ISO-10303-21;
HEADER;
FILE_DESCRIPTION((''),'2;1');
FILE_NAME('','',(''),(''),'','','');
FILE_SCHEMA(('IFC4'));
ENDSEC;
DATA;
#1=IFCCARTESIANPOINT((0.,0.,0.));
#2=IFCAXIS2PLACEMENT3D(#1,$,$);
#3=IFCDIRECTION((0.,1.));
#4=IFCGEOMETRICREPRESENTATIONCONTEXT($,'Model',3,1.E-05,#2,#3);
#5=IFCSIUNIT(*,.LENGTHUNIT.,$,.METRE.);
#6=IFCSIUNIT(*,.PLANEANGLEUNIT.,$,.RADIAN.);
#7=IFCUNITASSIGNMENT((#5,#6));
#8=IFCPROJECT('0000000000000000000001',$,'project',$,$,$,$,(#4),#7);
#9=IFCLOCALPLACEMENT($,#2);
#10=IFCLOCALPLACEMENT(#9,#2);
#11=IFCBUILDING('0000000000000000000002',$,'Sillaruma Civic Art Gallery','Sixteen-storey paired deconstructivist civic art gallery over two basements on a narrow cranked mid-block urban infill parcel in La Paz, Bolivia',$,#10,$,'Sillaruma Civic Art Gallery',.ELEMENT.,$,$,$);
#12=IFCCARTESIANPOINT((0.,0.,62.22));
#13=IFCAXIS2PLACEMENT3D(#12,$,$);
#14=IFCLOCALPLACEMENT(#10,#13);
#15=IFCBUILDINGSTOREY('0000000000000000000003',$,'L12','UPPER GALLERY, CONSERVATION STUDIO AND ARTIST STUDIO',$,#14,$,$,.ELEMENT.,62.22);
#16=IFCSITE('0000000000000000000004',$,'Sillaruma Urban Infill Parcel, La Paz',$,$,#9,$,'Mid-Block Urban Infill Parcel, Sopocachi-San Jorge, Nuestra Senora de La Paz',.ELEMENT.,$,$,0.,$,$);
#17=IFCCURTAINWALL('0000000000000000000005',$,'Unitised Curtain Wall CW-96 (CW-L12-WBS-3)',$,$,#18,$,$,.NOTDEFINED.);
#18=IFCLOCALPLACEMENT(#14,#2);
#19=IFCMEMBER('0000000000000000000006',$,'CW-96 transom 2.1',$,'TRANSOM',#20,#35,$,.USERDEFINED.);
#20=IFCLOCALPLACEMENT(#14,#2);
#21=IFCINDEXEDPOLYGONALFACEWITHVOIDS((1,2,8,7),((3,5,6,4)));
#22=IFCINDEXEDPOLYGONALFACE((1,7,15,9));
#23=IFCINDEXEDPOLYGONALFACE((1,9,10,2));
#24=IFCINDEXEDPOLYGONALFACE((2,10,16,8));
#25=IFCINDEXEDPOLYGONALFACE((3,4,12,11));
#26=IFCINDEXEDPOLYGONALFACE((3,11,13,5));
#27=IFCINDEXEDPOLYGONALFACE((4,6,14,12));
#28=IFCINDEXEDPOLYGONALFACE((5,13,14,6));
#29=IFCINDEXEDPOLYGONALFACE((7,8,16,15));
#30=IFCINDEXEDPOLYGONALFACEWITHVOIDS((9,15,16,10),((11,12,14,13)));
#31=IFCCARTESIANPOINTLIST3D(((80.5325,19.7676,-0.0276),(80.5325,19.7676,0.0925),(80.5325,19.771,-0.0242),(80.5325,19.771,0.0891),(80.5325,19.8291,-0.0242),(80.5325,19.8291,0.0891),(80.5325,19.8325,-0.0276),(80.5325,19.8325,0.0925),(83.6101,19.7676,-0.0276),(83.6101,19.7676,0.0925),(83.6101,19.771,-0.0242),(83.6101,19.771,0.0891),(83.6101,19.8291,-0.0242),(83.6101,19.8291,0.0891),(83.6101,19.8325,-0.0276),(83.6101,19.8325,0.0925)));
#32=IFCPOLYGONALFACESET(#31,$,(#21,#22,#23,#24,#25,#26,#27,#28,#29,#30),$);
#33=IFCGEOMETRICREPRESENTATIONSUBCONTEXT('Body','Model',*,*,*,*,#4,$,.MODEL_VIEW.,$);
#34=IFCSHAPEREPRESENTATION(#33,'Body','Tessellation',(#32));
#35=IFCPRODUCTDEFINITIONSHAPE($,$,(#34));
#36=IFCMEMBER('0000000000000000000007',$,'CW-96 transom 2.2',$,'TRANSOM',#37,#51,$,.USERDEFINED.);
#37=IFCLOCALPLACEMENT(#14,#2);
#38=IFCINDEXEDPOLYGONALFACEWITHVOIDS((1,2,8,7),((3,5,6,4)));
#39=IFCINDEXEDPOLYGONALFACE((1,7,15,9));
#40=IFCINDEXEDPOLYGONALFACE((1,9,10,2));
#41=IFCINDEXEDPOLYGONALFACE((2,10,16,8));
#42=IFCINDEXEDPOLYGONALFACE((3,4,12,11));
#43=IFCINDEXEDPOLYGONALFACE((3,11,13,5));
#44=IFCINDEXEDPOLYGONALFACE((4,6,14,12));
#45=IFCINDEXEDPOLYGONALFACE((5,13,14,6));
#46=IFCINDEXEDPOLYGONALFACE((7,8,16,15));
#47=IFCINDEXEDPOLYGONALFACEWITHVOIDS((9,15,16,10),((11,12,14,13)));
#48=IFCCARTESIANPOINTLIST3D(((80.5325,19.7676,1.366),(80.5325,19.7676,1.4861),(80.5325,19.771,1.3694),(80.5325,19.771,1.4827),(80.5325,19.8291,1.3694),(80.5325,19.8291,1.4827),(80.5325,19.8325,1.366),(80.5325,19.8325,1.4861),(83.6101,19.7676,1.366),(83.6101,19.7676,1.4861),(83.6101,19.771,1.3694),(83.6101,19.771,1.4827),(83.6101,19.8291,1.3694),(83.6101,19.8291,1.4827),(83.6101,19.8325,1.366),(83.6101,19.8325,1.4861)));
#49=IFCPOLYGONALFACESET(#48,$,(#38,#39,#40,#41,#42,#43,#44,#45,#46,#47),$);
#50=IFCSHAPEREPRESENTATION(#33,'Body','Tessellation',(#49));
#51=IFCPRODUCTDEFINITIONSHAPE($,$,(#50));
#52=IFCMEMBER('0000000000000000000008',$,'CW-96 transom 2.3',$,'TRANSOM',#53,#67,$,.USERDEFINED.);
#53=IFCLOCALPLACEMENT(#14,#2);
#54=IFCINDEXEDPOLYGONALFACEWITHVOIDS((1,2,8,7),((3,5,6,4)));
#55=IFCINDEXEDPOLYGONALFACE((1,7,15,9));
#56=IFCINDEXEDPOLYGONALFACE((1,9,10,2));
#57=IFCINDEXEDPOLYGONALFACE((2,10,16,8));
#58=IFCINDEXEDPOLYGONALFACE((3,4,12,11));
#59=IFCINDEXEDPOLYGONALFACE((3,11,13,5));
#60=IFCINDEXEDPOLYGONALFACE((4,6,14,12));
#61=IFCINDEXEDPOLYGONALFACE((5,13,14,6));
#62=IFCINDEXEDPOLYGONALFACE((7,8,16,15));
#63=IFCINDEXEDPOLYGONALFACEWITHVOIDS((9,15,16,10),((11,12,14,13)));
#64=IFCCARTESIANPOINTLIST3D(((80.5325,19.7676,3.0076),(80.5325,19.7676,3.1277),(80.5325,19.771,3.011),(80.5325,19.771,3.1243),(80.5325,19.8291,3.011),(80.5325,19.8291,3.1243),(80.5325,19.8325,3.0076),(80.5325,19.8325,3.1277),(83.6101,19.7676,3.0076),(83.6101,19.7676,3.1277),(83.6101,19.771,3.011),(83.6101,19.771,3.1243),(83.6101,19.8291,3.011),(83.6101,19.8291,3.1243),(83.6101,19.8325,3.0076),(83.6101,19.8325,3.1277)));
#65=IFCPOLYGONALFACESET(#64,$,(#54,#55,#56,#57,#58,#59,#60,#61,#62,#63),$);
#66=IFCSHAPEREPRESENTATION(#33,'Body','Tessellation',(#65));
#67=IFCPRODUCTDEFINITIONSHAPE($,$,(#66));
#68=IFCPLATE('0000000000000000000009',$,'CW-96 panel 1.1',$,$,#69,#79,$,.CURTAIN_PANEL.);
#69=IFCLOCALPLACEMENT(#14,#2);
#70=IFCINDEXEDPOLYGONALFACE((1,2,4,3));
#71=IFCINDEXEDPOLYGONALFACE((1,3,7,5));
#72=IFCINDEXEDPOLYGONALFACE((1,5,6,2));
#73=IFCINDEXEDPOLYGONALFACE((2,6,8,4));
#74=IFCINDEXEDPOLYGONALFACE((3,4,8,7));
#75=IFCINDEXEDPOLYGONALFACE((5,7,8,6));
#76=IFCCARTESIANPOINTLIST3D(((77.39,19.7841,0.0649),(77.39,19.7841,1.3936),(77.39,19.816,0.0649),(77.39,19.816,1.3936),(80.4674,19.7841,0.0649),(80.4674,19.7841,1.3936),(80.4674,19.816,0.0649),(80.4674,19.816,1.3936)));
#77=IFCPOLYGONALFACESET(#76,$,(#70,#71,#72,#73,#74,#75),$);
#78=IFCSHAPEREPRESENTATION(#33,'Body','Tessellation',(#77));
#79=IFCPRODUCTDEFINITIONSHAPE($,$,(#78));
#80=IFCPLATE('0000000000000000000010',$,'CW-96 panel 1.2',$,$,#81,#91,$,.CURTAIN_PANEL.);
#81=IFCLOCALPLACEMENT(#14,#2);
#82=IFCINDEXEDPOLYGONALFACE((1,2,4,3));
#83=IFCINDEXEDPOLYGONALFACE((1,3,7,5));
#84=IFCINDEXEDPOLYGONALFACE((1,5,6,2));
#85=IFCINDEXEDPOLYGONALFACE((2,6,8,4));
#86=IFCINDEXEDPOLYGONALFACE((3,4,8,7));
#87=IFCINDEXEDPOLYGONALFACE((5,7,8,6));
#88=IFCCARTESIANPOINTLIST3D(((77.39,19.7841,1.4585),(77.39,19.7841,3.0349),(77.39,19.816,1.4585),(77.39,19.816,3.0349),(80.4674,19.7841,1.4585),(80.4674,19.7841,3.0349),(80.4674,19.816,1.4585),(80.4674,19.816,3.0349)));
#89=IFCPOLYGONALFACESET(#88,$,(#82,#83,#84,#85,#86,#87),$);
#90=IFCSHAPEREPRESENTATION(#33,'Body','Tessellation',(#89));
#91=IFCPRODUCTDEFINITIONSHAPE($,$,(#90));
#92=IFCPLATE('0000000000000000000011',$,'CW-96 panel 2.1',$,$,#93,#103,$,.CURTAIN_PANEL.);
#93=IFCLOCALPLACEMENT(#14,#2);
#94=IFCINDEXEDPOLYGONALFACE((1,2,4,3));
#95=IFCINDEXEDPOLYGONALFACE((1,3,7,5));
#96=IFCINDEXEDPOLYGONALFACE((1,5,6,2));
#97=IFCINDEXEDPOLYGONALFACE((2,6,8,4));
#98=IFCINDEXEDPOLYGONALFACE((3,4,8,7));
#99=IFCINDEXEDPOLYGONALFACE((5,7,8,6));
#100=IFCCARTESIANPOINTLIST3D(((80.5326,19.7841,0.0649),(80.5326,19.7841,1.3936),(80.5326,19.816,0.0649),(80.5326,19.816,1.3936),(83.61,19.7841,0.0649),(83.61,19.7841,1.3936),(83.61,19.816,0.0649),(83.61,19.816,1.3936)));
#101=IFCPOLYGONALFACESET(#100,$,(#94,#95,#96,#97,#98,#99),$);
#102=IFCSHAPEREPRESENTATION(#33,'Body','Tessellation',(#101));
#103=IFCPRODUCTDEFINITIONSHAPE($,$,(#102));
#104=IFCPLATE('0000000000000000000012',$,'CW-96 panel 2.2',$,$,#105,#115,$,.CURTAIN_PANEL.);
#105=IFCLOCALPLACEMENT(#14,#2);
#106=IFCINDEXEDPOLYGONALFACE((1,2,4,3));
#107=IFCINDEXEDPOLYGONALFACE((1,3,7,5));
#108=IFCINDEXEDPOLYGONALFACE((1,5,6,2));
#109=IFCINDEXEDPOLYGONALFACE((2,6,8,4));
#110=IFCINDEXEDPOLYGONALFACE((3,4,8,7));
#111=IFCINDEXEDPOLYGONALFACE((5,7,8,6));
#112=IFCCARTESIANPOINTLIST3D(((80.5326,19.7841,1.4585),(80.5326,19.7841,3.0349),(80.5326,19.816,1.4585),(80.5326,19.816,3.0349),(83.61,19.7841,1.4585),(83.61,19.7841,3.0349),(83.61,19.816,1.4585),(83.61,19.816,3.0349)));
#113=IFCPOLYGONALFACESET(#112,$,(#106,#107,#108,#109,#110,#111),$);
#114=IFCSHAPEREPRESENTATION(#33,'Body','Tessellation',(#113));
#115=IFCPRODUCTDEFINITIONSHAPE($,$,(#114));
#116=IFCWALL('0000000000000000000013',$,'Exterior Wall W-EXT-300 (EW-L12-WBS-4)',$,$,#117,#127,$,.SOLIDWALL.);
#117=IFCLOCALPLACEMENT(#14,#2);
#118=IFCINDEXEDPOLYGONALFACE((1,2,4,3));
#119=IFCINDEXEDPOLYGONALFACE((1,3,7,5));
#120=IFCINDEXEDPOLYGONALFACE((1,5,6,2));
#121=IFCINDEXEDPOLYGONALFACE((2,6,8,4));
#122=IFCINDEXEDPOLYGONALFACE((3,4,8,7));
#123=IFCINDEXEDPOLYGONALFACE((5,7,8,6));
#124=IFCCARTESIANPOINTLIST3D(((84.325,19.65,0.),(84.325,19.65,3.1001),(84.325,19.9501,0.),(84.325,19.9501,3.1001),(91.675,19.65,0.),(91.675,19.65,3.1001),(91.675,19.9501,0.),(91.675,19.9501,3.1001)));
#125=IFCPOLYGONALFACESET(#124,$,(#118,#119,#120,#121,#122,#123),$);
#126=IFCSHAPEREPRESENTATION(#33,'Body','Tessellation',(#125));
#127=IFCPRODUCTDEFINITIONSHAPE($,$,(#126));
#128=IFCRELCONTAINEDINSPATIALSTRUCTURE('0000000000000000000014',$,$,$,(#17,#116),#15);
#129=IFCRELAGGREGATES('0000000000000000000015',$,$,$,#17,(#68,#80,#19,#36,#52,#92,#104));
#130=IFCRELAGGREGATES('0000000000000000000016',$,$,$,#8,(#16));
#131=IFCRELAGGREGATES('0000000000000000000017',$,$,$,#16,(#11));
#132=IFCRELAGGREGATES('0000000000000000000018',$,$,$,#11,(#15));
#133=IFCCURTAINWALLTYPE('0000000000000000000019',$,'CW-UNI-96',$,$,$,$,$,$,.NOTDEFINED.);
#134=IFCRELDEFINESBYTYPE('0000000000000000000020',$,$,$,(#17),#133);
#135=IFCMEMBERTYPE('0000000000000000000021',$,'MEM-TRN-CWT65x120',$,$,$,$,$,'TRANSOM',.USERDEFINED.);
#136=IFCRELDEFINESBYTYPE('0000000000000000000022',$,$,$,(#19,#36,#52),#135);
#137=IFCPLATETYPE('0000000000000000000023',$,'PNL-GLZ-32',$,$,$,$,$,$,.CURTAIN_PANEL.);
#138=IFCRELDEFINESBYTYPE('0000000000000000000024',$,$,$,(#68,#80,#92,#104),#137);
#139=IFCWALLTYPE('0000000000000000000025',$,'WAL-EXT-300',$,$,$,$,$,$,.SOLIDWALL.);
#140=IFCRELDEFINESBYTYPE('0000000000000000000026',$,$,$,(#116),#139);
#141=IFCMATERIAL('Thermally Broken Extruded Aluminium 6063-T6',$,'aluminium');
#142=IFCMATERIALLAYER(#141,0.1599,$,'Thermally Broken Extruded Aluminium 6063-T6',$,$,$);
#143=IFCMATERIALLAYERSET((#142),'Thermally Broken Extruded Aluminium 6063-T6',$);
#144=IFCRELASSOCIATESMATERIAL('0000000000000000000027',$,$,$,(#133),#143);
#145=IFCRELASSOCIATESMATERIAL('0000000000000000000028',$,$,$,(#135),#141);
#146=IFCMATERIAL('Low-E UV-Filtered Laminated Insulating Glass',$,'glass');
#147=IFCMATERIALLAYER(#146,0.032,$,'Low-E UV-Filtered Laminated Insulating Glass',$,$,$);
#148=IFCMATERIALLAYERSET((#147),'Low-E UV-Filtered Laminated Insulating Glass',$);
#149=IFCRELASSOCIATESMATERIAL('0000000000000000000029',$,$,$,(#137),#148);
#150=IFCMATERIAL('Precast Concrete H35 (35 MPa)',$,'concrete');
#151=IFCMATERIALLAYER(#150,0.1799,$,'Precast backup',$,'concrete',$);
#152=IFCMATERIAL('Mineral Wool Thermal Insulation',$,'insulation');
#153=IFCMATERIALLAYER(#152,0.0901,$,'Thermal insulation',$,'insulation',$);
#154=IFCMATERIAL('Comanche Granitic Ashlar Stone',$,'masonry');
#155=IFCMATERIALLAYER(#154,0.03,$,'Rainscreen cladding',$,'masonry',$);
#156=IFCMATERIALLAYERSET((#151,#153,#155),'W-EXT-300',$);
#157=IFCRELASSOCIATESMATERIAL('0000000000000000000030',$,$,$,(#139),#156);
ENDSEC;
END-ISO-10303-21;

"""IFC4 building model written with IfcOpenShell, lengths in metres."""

from ifc_helpers import new_model, si_unit, direction, frame, frame_2d, origin, origin_2d, place, context, subcontext, project, spatial, rectangle, hollow_rectangle, extrude, material, layer, layer_set, material_profile, profile_set, type_object, element, aggregate, save


model = new_model("IFC4")

# Units and contexts
model_context = context("Model", 3, precision=1e-05, world=origin(), true_north=direction((0.0, 1.0)))
body_context = subcontext(model_context, "Body", "Model", "MODEL_VIEW")
ifc_project = project(units=[si_unit("LENGTHUNIT", "METRE"), si_unit("PLANEANGLEUNIT", "RADIAN")], contexts=[model_context])

# Site, building, storey
site_placement = place(None, origin())
site = spatial("IfcSite", under=ifc_project, at=site_placement, Name="Sillaruma Urban Infill Parcel, La Paz", LongName="Mid-Block Urban Infill Parcel, Sopocachi-San Jorge, Nuestra Senora de La Paz", CompositionType="ELEMENT", RefElevation=0.0)
building_placement = place(site_placement, origin())
building = spatial("IfcBuilding", under=site, at=building_placement, Name="Sillaruma Civic Art Gallery", Description="Sixteen-storey paired deconstructivist civic art gallery over two basements on a narrow cranked mid-block urban infill parcel in La Paz, Bolivia", LongName="Sillaruma Civic Art Gallery", CompositionType="ELEMENT")
storey_placement = place(building_placement, frame((0.0, 0.0, 62.22)))
storey = spatial("IfcBuildingStorey", under=building, at=storey_placement, Name="L12", Description="UPPER GALLERY, CONSERVATION STUDIO AND ARTIST STUDIO", CompositionType="ELEMENT", Elevation=62.22)

# Curtain wall, members, plates
ifc_material_1 = material(Name="Thermally Broken Extruded Aluminium 6063-T6", Category="aluminium")
ifc_layer_1 = layer(ifc_material_1, 0.1599, Name="Thermally Broken Extruded Aluminium 6063-T6")
ifc_layer_set_1 = layer_set([ifc_layer_1], Name="Thermally Broken Extruded Aluminium 6063-T6")
curtain_wall_type = type_object("IfcCurtainWallType", Name="CW-UNI-96", PredefinedType="NOTDEFINED", material=ifc_layer_set_1)
curtain_wall_placement = place(storey_placement, origin())
curtain_wall = element("IfcCurtainWall", 1, at=curtain_wall_placement, inside=storey, type_object=curtain_wall_type, Name="Unitised Curtain Wall CW-96 (CW-L12-WBS-3)", PredefinedType="NOTDEFINED")
ifc_material_profile_1 = material_profile(ifc_material_1, hollow_rectangle(XDim=0.0649, YDim=0.1201, WallThickness=0.0034, at=origin_2d()), Name="CWT65x120")
ifc_profile_set_1 = profile_set([ifc_material_profile_1], Name="Thermally Broken Extruded Aluminium 6063-T6")
member_type_1 = type_object("IfcMemberType", Name="MEM-TRN-CWT65x120", ElementType="TRANSOM", PredefinedType="USERDEFINED", material=ifc_profile_set_1)
member_1_placement = place(storey_placement, frame((80.5325, 19.8, 0.0325), z_axis=(1.0, 0.0, 0.0), x_axis=(0.0, 1.0, 0.0)))
member_1 = element("IfcMember", 2, at=member_1_placement, type_object=member_type_1, Name="CW-96 transom 2.1", ObjectType="TRANSOM", PredefinedType="USERDEFINED", context=body_context, shape_type="SweptSolid", body=[
    extrude(hollow_rectangle(XDim=0.0649, YDim=0.1201, WallThickness=0.0034, at=origin_2d()), origin(), (0.0, 0.0, 1.0), 3.0776),
])
member_2_placement = place(storey_placement, frame((80.5325, 19.8, 1.426), z_axis=(1.0, 0.0, 0.0), x_axis=(0.0, 1.0, 0.0)))
member_2 = element("IfcMember", 3, at=member_2_placement, type_object=member_type_1, Name="CW-96 transom 2.2", ObjectType="TRANSOM", PredefinedType="USERDEFINED", context=body_context, shape_type="SweptSolid", body=[
    extrude(hollow_rectangle(XDim=0.0649, YDim=0.1201, WallThickness=0.0034, at=origin_2d()), origin(), (0.0, 0.0, 1.0), 3.0776),
])
member_3_placement = place(storey_placement, frame((80.5325, 19.8, 3.0676), z_axis=(1.0, 0.0, 0.0), x_axis=(0.0, 1.0, 0.0)))
member_3 = element("IfcMember", 4, at=member_3_placement, type_object=member_type_1, Name="CW-96 transom 2.3", ObjectType="TRANSOM", PredefinedType="USERDEFINED", context=body_context, shape_type="SweptSolid", body=[
    extrude(hollow_rectangle(XDim=0.0649, YDim=0.1201, WallThickness=0.0034, at=origin_2d()), origin(), (0.0, 0.0, 1.0), 3.0776),
])
ifc_material_2 = material(Name="Low-E UV-Filtered Laminated Insulating Glass", Category="glass")
ifc_layer_2 = layer(ifc_material_2, 0.032, Name="Low-E UV-Filtered Laminated Insulating Glass")
ifc_layer_set_2 = layer_set([ifc_layer_2], Name="Low-E UV-Filtered Laminated Insulating Glass")
plate_type = type_object("IfcPlateType", Name="PNL-GLZ-32", PredefinedType="CURTAIN_PANEL", material=ifc_layer_set_2)
plate_1_placement = place(storey_placement, frame((78.9287, 19.8, 0.0649), z_axis=(0.0, 0.0, 1.0), x_axis=(1.0, 0.0, 0.0)))
plate_1 = element("IfcPlate", 5, at=plate_1_placement, type_object=plate_type, Name="CW-96 panel 1.1", PredefinedType="CURTAIN_PANEL", context=body_context, shape_type="SweptSolid", body=[
    extrude(rectangle(XDim=3.0774, YDim=0.032, at=origin_2d()), origin(), (0.0, 0.0, 1.0), 1.3286),
])
plate_2_placement = place(storey_placement, frame((78.9287, 19.8, 1.4585), z_axis=(0.0, 0.0, 1.0), x_axis=(1.0, 0.0, 0.0)))
plate_2 = element("IfcPlate", 6, at=plate_2_placement, type_object=plate_type, Name="CW-96 panel 1.2", PredefinedType="CURTAIN_PANEL", context=body_context, shape_type="SweptSolid", body=[
    extrude(rectangle(XDim=3.0774, YDim=0.032, at=origin_2d()), origin(), (0.0, 0.0, 1.0), 1.5764),
])
plate_3_placement = place(storey_placement, frame((82.0713, 19.8, 0.0649), z_axis=(0.0, 0.0, 1.0), x_axis=(1.0, 0.0, 0.0)))
plate_3 = element("IfcPlate", 7, at=plate_3_placement, type_object=plate_type, Name="CW-96 panel 2.1", PredefinedType="CURTAIN_PANEL", context=body_context, shape_type="SweptSolid", body=[
    extrude(rectangle(XDim=3.0774, YDim=0.032, at=origin_2d()), origin(), (0.0, 0.0, 1.0), 1.3286),
])
plate_4_placement = place(storey_placement, frame((82.0713, 19.8, 1.4585), z_axis=(0.0, 0.0, 1.0), x_axis=(1.0, 0.0, 0.0)))
plate_4 = element("IfcPlate", 8, at=plate_4_placement, type_object=plate_type, Name="CW-96 panel 2.2", PredefinedType="CURTAIN_PANEL", context=body_context, shape_type="SweptSolid", body=[
    extrude(rectangle(XDim=3.0774, YDim=0.032, at=origin_2d()), origin(), (0.0, 0.0, 1.0), 1.5764),
])
aggregate(curtain_wall, [plate_1, plate_2, member_1, member_2, member_3, plate_3, plate_4])

# Wall
ifc_material_3 = material(Name="Precast Concrete H35 (35 MPa)", Category="concrete")
ifc_layer_3 = layer(ifc_material_3, 0.1799, Name="Precast backup", Category="concrete")
ifc_material_4 = material(Name="Mineral Wool Thermal Insulation", Category="insulation")
ifc_layer_4 = layer(ifc_material_4, 0.0901, Name="Thermal insulation", Category="insulation")
ifc_material_5 = material(Name="Comanche Granitic Ashlar Stone", Category="masonry")
ifc_layer_5 = layer(ifc_material_5, 0.03, Name="Rainscreen cladding", Category="masonry")
ifc_layer_set_3 = layer_set([ifc_layer_3, ifc_layer_4, ifc_layer_5], Name="W-EXT-300")
wall_type = type_object("IfcWallType", Name="WAL-EXT-300", PredefinedType="SOLIDWALL", material=ifc_layer_set_3)
wall_placement = place(storey_placement, frame((84.325, 19.8, 0.0), z_axis=(0.0, 0.0, 1.0), x_axis=(1.0, 0.0, 0.0)))
element("IfcWall", 9, at=wall_placement, inside=storey, type_object=wall_type, Name="Exterior Wall W-EXT-300 (EW-L12-WBS-4)", PredefinedType="SOLIDWALL", context=body_context, shape_type="SweptSolid", body=[
    extrude(rectangle(XDim=7.3501, YDim=0.3, at=frame_2d((3.675, 0.0))), origin(), (0.0, 0.0, 1.0), 3.1001),
])

save(model, "model.ifc")
